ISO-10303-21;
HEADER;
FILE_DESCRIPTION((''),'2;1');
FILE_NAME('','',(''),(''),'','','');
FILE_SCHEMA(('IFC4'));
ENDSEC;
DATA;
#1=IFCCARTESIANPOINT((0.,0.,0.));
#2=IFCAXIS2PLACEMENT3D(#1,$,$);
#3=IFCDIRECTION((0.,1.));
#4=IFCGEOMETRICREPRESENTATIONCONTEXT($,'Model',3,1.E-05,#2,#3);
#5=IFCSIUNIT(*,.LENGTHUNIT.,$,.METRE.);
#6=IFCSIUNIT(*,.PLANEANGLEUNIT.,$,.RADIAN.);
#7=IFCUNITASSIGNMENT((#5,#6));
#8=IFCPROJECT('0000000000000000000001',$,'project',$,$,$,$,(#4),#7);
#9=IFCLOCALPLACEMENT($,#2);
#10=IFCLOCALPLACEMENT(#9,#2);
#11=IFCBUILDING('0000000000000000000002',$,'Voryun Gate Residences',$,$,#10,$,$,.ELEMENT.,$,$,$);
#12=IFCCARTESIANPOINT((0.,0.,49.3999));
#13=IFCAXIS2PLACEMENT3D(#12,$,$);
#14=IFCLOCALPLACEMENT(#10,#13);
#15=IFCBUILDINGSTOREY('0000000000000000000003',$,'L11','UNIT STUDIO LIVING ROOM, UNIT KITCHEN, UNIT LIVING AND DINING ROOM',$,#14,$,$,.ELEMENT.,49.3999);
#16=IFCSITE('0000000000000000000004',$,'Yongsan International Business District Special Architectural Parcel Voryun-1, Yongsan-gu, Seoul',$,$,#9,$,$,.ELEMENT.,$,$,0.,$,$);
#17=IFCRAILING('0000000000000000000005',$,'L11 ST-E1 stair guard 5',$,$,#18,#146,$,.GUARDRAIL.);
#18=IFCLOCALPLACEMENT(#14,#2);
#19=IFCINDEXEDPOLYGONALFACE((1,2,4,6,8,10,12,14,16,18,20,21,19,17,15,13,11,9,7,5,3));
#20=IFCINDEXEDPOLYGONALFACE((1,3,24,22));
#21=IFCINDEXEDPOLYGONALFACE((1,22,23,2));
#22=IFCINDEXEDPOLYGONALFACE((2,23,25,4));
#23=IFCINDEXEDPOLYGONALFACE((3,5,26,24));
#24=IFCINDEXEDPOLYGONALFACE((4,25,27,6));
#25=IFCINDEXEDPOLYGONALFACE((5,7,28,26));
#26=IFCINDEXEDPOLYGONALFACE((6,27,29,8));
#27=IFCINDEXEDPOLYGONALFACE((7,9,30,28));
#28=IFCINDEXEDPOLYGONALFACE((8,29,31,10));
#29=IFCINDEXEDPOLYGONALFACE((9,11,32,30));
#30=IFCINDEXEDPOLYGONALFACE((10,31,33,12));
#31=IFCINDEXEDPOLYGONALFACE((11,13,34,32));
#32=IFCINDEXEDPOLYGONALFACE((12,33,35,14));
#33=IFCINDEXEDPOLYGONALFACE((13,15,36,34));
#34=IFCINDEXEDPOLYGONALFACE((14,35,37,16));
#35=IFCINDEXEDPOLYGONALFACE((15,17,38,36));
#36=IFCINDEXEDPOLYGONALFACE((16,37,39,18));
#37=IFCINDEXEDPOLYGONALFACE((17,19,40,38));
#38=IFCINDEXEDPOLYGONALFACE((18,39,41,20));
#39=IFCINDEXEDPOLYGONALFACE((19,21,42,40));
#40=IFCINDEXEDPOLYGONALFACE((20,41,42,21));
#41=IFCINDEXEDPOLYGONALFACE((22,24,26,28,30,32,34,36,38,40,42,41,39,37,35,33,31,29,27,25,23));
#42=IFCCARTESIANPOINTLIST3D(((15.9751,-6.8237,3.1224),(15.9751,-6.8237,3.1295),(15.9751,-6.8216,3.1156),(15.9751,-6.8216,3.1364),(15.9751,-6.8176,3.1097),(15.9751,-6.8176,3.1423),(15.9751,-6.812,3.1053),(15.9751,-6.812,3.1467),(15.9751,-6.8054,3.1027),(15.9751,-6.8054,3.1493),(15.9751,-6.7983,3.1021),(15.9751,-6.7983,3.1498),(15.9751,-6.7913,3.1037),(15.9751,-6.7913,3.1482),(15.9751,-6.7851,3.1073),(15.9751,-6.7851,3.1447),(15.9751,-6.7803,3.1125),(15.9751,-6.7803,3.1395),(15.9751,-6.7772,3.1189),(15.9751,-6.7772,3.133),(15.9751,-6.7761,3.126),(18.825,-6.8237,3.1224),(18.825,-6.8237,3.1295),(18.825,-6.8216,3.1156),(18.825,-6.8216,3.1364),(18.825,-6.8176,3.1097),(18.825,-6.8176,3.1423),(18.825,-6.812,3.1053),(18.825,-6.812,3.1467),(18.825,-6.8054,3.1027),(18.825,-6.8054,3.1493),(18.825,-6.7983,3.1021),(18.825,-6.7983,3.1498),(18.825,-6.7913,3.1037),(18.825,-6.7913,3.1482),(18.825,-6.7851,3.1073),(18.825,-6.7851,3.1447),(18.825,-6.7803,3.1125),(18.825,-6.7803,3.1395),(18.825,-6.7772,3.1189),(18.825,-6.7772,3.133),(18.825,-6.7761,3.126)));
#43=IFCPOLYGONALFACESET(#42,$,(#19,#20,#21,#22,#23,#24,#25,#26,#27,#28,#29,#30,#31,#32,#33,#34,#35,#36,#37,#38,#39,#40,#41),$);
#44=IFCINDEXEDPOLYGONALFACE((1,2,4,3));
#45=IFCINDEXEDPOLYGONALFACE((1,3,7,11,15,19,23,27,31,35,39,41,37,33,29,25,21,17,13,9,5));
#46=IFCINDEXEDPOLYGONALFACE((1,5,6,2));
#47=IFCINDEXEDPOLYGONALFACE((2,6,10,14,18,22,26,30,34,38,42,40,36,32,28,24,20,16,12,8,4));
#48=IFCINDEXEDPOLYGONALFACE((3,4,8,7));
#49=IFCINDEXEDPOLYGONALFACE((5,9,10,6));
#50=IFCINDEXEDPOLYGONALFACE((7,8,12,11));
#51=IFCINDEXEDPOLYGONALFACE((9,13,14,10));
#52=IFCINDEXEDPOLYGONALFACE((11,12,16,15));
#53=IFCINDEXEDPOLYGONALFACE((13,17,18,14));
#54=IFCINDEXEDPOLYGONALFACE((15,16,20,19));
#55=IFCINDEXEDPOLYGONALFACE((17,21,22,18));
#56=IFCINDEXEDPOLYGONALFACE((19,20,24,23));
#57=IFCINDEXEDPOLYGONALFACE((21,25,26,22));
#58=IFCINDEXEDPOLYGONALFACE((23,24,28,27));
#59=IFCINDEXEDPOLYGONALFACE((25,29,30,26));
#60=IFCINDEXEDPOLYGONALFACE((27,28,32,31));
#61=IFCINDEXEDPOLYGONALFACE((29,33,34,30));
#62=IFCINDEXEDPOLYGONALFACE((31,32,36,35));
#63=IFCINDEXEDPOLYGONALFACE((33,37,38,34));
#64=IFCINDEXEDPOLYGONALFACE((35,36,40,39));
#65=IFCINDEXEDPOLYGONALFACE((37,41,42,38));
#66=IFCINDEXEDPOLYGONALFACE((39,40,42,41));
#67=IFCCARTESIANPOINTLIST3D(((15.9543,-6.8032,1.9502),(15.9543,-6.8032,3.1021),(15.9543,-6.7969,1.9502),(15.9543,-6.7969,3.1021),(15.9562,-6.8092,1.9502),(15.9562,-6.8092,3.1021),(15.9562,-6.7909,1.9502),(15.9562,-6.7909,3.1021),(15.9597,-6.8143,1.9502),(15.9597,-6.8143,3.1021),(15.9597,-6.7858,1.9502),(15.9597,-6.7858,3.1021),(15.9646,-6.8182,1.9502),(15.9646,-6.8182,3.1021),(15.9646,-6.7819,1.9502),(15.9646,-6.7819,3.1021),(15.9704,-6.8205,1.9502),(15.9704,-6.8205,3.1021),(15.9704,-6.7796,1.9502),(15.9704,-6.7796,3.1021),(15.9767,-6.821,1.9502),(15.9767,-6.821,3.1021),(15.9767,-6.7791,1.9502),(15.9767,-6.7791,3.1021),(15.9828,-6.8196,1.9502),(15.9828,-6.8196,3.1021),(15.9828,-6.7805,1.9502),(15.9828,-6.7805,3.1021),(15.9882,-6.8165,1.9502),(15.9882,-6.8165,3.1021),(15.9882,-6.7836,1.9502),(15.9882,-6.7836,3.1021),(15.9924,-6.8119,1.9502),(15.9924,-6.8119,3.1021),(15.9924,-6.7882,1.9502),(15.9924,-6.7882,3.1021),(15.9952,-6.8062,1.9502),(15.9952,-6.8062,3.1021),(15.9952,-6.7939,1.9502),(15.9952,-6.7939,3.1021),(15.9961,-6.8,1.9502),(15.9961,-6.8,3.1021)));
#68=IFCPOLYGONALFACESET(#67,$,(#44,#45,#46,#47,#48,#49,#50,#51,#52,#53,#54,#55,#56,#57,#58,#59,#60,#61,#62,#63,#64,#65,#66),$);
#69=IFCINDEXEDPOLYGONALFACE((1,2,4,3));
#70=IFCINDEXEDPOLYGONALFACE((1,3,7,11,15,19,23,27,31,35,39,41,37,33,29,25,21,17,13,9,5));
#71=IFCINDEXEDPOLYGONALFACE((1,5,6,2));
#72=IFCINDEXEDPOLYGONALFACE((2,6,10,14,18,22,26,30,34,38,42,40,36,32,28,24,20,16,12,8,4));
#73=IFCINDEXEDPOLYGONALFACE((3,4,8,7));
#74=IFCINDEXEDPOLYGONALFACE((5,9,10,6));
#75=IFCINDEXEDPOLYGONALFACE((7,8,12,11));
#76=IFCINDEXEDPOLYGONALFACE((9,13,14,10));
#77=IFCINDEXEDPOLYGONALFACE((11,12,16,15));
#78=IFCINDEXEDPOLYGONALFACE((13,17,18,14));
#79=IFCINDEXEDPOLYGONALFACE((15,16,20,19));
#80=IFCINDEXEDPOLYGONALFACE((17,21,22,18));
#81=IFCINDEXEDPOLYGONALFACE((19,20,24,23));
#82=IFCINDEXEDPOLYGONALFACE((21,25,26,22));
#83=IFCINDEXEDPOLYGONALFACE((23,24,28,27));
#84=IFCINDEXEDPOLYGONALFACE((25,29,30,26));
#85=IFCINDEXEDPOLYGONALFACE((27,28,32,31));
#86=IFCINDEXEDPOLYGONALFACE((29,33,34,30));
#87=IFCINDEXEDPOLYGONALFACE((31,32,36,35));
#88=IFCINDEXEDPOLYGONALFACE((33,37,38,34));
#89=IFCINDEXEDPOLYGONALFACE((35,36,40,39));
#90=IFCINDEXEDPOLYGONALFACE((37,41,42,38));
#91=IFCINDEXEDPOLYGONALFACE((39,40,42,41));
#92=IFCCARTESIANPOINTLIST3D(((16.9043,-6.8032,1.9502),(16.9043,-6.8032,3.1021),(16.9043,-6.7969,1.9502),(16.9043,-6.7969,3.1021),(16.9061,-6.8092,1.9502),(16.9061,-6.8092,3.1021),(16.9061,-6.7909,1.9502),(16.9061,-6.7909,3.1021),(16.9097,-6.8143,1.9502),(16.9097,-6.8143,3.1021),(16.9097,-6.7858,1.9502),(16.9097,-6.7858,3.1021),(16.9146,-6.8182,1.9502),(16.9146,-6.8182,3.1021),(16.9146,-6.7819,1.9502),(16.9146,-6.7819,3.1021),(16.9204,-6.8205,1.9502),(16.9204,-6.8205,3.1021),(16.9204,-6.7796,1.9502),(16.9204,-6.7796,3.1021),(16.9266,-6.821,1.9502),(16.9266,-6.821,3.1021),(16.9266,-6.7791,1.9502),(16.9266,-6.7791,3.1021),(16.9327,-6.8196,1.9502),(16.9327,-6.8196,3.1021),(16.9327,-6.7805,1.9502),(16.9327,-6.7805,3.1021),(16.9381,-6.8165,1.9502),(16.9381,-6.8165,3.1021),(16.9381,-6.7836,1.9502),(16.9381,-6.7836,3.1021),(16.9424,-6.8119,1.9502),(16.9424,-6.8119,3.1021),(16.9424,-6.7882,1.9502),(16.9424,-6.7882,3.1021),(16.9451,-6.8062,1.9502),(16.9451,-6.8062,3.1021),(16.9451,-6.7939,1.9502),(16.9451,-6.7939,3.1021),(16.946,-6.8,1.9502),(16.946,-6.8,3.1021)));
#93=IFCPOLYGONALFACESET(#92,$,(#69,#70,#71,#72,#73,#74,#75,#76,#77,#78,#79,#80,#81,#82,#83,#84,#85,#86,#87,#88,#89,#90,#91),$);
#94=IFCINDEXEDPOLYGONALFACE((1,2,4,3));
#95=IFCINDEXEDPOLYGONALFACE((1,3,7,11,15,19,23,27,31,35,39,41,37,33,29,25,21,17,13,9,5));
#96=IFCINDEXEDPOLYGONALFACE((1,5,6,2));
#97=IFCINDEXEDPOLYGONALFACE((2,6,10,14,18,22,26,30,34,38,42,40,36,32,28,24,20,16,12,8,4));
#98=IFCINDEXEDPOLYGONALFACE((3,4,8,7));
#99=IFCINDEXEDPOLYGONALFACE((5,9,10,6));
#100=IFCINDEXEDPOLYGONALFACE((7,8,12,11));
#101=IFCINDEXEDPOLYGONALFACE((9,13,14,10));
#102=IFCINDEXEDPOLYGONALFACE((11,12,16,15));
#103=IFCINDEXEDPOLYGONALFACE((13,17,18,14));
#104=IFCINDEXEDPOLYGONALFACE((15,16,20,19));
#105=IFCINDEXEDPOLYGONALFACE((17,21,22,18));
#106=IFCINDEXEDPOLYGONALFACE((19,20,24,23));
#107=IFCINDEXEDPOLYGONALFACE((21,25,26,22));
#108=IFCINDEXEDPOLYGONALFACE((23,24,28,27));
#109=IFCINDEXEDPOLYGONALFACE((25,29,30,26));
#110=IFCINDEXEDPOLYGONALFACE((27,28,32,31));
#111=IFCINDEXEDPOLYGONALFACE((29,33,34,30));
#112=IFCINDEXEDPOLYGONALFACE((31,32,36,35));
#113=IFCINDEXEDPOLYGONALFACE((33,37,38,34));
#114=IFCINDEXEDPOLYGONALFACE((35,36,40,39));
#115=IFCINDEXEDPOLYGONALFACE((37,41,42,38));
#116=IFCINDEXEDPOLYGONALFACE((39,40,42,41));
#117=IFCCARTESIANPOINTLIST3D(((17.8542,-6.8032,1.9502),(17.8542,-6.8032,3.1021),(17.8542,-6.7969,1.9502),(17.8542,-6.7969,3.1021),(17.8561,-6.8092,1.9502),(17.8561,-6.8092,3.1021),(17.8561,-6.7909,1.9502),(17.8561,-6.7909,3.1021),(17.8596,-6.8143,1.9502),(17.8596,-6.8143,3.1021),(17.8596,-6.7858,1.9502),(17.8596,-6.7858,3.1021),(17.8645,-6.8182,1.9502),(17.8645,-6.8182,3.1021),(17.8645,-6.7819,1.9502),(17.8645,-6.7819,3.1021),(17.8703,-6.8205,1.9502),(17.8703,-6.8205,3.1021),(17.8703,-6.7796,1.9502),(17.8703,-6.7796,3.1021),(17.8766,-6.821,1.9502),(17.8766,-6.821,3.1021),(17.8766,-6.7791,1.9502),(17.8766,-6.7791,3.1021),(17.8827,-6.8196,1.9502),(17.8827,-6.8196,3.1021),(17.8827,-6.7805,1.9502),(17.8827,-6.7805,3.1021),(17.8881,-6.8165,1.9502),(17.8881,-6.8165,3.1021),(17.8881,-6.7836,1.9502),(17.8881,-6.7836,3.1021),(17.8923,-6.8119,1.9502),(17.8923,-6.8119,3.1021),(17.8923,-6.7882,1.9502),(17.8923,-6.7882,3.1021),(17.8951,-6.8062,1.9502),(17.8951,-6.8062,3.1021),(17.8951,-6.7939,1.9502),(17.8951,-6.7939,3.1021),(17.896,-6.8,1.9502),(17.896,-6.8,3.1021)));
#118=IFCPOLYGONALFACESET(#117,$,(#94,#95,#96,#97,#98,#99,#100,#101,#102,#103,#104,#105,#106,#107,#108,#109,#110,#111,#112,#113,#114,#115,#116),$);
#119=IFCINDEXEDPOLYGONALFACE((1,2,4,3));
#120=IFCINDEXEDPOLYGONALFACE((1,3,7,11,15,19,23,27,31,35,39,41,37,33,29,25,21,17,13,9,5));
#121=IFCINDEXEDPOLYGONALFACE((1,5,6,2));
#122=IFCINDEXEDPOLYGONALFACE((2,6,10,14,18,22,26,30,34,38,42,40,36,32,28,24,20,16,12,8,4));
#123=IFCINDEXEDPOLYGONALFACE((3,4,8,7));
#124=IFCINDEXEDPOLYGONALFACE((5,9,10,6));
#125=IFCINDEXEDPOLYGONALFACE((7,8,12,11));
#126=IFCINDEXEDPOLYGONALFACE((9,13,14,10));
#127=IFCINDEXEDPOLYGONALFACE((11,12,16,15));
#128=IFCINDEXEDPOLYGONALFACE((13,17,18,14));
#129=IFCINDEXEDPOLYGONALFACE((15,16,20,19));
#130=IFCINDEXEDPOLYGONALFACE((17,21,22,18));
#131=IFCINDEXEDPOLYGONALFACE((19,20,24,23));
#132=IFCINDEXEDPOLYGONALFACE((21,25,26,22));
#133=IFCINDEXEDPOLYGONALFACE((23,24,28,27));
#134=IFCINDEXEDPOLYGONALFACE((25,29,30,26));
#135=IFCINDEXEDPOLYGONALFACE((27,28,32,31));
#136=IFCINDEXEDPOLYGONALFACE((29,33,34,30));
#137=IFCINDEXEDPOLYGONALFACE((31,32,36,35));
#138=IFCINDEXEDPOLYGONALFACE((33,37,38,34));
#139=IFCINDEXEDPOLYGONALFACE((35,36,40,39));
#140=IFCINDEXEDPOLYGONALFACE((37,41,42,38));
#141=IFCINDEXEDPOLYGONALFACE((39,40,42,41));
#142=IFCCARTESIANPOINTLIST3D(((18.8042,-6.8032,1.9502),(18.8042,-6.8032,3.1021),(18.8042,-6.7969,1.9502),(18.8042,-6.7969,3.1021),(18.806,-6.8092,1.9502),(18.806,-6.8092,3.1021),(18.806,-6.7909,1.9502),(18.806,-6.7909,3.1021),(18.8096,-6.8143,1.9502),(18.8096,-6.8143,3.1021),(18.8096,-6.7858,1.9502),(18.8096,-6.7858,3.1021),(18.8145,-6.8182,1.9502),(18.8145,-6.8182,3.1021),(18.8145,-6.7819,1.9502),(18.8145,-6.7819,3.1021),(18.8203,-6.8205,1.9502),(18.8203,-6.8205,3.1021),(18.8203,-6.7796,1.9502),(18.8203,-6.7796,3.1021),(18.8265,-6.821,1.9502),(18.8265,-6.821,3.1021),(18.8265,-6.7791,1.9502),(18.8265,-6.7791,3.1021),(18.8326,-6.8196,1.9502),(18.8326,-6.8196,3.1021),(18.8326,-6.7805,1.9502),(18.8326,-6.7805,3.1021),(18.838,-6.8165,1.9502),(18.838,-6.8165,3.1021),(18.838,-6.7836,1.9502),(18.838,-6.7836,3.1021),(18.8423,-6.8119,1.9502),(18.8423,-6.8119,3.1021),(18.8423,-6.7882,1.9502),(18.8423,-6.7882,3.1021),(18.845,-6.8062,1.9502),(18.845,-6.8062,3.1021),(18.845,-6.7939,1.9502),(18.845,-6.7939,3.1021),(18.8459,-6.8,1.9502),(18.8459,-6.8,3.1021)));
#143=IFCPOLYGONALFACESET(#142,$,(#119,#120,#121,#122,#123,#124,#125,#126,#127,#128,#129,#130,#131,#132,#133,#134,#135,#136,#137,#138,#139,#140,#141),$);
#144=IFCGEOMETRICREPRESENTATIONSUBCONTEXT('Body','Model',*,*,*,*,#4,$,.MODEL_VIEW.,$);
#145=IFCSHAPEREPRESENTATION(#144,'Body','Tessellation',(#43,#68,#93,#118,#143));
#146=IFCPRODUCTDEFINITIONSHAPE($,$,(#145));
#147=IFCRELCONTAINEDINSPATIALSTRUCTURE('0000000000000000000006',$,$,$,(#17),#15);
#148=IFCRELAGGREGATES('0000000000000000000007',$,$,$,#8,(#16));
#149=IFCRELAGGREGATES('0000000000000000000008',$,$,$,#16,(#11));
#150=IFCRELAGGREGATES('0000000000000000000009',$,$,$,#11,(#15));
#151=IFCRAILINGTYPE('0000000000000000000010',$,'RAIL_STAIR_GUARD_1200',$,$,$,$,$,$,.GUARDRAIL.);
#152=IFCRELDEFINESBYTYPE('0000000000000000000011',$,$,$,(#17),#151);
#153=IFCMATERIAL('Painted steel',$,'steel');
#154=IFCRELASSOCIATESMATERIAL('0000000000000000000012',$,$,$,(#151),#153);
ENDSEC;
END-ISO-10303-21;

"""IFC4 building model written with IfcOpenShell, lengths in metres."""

from ifc_helpers import new_model, si_unit, direction, frame, origin, origin_2d, place, context, subcontext, project, spatial, circle, extrude, material, type_object, element, save


model = new_model("IFC4")

# Units and contexts
model_context = context("Model", 3, precision=1e-05, world=origin(), true_north=direction((0.0, 1.0)))
body_context = subcontext(model_context, "Body", "Model", "MODEL_VIEW")
ifc_project = project(units=[si_unit("LENGTHUNIT", "METRE"), si_unit("PLANEANGLEUNIT", "RADIAN")], contexts=[model_context])

# Site, building, storey
site_placement = place(None, origin())
site = spatial("IfcSite", under=ifc_project, at=site_placement, Name="Yongsan International Business District Special Architectural Parcel Voryun-1, Yongsan-gu, Seoul", CompositionType="ELEMENT", RefElevation=0.0)
building_placement = place(site_placement, origin())
building = spatial("IfcBuilding", under=site, at=building_placement, Name="Voryun Gate Residences", CompositionType="ELEMENT")
storey_placement = place(building_placement, frame((0.0, 0.0, 49.3999)))
storey = spatial("IfcBuildingStorey", under=building, at=storey_placement, Name="L11", Description="UNIT STUDIO LIVING ROOM, UNIT KITCHEN, UNIT LIVING AND DINING ROOM", CompositionType="ELEMENT", Elevation=49.3999)

# Railing
ifc_material_1 = material(Name="Painted steel", Category="steel")
railing_type_1 = type_object("IfcRailingType", Name="RAIL_STAIR_GUARD_1200", PredefinedType="GUARDRAIL", material=ifc_material_1)
railing_1_placement = place(storey_placement, frame((15.9751, -6.8, 1.9502)))
element("IfcRailing", 1, at=railing_1_placement, inside=storey, type_object=railing_type_1, Name="L11 ST-E1 stair guard 5", PredefinedType="GUARDRAIL", context=body_context, shape_type="SweptSolid", body=[
    extrude(circle(Radius=0.0239, at=origin_2d()), frame((0.0, 0.0, 1.1758), z_axis=(1.0, 0.0, 0.0), x_axis=(0.0, 1.0, 0.0)), (0.0, 0.0, 1.0), 2.8499),
    extrude(circle(Radius=0.021, at=origin_2d()), origin(), (0.0, 0.0, 1.0), 1.1519),
    extrude(circle(Radius=0.021, at=origin_2d()), frame((0.95, 0.0, 0.0)), (0.0, 0.0, 1.0), 1.1519),
    extrude(circle(Radius=0.021, at=origin_2d()), frame((1.8999, 0.0, 0.0)), (0.0, 0.0, 1.0), 1.1519),
    extrude(circle(Radius=0.021, at=origin_2d()), frame((2.8499, 0.0, 0.0)), (0.0, 0.0, 1.0), 1.1519),
])

save(model, "model.ifc")
